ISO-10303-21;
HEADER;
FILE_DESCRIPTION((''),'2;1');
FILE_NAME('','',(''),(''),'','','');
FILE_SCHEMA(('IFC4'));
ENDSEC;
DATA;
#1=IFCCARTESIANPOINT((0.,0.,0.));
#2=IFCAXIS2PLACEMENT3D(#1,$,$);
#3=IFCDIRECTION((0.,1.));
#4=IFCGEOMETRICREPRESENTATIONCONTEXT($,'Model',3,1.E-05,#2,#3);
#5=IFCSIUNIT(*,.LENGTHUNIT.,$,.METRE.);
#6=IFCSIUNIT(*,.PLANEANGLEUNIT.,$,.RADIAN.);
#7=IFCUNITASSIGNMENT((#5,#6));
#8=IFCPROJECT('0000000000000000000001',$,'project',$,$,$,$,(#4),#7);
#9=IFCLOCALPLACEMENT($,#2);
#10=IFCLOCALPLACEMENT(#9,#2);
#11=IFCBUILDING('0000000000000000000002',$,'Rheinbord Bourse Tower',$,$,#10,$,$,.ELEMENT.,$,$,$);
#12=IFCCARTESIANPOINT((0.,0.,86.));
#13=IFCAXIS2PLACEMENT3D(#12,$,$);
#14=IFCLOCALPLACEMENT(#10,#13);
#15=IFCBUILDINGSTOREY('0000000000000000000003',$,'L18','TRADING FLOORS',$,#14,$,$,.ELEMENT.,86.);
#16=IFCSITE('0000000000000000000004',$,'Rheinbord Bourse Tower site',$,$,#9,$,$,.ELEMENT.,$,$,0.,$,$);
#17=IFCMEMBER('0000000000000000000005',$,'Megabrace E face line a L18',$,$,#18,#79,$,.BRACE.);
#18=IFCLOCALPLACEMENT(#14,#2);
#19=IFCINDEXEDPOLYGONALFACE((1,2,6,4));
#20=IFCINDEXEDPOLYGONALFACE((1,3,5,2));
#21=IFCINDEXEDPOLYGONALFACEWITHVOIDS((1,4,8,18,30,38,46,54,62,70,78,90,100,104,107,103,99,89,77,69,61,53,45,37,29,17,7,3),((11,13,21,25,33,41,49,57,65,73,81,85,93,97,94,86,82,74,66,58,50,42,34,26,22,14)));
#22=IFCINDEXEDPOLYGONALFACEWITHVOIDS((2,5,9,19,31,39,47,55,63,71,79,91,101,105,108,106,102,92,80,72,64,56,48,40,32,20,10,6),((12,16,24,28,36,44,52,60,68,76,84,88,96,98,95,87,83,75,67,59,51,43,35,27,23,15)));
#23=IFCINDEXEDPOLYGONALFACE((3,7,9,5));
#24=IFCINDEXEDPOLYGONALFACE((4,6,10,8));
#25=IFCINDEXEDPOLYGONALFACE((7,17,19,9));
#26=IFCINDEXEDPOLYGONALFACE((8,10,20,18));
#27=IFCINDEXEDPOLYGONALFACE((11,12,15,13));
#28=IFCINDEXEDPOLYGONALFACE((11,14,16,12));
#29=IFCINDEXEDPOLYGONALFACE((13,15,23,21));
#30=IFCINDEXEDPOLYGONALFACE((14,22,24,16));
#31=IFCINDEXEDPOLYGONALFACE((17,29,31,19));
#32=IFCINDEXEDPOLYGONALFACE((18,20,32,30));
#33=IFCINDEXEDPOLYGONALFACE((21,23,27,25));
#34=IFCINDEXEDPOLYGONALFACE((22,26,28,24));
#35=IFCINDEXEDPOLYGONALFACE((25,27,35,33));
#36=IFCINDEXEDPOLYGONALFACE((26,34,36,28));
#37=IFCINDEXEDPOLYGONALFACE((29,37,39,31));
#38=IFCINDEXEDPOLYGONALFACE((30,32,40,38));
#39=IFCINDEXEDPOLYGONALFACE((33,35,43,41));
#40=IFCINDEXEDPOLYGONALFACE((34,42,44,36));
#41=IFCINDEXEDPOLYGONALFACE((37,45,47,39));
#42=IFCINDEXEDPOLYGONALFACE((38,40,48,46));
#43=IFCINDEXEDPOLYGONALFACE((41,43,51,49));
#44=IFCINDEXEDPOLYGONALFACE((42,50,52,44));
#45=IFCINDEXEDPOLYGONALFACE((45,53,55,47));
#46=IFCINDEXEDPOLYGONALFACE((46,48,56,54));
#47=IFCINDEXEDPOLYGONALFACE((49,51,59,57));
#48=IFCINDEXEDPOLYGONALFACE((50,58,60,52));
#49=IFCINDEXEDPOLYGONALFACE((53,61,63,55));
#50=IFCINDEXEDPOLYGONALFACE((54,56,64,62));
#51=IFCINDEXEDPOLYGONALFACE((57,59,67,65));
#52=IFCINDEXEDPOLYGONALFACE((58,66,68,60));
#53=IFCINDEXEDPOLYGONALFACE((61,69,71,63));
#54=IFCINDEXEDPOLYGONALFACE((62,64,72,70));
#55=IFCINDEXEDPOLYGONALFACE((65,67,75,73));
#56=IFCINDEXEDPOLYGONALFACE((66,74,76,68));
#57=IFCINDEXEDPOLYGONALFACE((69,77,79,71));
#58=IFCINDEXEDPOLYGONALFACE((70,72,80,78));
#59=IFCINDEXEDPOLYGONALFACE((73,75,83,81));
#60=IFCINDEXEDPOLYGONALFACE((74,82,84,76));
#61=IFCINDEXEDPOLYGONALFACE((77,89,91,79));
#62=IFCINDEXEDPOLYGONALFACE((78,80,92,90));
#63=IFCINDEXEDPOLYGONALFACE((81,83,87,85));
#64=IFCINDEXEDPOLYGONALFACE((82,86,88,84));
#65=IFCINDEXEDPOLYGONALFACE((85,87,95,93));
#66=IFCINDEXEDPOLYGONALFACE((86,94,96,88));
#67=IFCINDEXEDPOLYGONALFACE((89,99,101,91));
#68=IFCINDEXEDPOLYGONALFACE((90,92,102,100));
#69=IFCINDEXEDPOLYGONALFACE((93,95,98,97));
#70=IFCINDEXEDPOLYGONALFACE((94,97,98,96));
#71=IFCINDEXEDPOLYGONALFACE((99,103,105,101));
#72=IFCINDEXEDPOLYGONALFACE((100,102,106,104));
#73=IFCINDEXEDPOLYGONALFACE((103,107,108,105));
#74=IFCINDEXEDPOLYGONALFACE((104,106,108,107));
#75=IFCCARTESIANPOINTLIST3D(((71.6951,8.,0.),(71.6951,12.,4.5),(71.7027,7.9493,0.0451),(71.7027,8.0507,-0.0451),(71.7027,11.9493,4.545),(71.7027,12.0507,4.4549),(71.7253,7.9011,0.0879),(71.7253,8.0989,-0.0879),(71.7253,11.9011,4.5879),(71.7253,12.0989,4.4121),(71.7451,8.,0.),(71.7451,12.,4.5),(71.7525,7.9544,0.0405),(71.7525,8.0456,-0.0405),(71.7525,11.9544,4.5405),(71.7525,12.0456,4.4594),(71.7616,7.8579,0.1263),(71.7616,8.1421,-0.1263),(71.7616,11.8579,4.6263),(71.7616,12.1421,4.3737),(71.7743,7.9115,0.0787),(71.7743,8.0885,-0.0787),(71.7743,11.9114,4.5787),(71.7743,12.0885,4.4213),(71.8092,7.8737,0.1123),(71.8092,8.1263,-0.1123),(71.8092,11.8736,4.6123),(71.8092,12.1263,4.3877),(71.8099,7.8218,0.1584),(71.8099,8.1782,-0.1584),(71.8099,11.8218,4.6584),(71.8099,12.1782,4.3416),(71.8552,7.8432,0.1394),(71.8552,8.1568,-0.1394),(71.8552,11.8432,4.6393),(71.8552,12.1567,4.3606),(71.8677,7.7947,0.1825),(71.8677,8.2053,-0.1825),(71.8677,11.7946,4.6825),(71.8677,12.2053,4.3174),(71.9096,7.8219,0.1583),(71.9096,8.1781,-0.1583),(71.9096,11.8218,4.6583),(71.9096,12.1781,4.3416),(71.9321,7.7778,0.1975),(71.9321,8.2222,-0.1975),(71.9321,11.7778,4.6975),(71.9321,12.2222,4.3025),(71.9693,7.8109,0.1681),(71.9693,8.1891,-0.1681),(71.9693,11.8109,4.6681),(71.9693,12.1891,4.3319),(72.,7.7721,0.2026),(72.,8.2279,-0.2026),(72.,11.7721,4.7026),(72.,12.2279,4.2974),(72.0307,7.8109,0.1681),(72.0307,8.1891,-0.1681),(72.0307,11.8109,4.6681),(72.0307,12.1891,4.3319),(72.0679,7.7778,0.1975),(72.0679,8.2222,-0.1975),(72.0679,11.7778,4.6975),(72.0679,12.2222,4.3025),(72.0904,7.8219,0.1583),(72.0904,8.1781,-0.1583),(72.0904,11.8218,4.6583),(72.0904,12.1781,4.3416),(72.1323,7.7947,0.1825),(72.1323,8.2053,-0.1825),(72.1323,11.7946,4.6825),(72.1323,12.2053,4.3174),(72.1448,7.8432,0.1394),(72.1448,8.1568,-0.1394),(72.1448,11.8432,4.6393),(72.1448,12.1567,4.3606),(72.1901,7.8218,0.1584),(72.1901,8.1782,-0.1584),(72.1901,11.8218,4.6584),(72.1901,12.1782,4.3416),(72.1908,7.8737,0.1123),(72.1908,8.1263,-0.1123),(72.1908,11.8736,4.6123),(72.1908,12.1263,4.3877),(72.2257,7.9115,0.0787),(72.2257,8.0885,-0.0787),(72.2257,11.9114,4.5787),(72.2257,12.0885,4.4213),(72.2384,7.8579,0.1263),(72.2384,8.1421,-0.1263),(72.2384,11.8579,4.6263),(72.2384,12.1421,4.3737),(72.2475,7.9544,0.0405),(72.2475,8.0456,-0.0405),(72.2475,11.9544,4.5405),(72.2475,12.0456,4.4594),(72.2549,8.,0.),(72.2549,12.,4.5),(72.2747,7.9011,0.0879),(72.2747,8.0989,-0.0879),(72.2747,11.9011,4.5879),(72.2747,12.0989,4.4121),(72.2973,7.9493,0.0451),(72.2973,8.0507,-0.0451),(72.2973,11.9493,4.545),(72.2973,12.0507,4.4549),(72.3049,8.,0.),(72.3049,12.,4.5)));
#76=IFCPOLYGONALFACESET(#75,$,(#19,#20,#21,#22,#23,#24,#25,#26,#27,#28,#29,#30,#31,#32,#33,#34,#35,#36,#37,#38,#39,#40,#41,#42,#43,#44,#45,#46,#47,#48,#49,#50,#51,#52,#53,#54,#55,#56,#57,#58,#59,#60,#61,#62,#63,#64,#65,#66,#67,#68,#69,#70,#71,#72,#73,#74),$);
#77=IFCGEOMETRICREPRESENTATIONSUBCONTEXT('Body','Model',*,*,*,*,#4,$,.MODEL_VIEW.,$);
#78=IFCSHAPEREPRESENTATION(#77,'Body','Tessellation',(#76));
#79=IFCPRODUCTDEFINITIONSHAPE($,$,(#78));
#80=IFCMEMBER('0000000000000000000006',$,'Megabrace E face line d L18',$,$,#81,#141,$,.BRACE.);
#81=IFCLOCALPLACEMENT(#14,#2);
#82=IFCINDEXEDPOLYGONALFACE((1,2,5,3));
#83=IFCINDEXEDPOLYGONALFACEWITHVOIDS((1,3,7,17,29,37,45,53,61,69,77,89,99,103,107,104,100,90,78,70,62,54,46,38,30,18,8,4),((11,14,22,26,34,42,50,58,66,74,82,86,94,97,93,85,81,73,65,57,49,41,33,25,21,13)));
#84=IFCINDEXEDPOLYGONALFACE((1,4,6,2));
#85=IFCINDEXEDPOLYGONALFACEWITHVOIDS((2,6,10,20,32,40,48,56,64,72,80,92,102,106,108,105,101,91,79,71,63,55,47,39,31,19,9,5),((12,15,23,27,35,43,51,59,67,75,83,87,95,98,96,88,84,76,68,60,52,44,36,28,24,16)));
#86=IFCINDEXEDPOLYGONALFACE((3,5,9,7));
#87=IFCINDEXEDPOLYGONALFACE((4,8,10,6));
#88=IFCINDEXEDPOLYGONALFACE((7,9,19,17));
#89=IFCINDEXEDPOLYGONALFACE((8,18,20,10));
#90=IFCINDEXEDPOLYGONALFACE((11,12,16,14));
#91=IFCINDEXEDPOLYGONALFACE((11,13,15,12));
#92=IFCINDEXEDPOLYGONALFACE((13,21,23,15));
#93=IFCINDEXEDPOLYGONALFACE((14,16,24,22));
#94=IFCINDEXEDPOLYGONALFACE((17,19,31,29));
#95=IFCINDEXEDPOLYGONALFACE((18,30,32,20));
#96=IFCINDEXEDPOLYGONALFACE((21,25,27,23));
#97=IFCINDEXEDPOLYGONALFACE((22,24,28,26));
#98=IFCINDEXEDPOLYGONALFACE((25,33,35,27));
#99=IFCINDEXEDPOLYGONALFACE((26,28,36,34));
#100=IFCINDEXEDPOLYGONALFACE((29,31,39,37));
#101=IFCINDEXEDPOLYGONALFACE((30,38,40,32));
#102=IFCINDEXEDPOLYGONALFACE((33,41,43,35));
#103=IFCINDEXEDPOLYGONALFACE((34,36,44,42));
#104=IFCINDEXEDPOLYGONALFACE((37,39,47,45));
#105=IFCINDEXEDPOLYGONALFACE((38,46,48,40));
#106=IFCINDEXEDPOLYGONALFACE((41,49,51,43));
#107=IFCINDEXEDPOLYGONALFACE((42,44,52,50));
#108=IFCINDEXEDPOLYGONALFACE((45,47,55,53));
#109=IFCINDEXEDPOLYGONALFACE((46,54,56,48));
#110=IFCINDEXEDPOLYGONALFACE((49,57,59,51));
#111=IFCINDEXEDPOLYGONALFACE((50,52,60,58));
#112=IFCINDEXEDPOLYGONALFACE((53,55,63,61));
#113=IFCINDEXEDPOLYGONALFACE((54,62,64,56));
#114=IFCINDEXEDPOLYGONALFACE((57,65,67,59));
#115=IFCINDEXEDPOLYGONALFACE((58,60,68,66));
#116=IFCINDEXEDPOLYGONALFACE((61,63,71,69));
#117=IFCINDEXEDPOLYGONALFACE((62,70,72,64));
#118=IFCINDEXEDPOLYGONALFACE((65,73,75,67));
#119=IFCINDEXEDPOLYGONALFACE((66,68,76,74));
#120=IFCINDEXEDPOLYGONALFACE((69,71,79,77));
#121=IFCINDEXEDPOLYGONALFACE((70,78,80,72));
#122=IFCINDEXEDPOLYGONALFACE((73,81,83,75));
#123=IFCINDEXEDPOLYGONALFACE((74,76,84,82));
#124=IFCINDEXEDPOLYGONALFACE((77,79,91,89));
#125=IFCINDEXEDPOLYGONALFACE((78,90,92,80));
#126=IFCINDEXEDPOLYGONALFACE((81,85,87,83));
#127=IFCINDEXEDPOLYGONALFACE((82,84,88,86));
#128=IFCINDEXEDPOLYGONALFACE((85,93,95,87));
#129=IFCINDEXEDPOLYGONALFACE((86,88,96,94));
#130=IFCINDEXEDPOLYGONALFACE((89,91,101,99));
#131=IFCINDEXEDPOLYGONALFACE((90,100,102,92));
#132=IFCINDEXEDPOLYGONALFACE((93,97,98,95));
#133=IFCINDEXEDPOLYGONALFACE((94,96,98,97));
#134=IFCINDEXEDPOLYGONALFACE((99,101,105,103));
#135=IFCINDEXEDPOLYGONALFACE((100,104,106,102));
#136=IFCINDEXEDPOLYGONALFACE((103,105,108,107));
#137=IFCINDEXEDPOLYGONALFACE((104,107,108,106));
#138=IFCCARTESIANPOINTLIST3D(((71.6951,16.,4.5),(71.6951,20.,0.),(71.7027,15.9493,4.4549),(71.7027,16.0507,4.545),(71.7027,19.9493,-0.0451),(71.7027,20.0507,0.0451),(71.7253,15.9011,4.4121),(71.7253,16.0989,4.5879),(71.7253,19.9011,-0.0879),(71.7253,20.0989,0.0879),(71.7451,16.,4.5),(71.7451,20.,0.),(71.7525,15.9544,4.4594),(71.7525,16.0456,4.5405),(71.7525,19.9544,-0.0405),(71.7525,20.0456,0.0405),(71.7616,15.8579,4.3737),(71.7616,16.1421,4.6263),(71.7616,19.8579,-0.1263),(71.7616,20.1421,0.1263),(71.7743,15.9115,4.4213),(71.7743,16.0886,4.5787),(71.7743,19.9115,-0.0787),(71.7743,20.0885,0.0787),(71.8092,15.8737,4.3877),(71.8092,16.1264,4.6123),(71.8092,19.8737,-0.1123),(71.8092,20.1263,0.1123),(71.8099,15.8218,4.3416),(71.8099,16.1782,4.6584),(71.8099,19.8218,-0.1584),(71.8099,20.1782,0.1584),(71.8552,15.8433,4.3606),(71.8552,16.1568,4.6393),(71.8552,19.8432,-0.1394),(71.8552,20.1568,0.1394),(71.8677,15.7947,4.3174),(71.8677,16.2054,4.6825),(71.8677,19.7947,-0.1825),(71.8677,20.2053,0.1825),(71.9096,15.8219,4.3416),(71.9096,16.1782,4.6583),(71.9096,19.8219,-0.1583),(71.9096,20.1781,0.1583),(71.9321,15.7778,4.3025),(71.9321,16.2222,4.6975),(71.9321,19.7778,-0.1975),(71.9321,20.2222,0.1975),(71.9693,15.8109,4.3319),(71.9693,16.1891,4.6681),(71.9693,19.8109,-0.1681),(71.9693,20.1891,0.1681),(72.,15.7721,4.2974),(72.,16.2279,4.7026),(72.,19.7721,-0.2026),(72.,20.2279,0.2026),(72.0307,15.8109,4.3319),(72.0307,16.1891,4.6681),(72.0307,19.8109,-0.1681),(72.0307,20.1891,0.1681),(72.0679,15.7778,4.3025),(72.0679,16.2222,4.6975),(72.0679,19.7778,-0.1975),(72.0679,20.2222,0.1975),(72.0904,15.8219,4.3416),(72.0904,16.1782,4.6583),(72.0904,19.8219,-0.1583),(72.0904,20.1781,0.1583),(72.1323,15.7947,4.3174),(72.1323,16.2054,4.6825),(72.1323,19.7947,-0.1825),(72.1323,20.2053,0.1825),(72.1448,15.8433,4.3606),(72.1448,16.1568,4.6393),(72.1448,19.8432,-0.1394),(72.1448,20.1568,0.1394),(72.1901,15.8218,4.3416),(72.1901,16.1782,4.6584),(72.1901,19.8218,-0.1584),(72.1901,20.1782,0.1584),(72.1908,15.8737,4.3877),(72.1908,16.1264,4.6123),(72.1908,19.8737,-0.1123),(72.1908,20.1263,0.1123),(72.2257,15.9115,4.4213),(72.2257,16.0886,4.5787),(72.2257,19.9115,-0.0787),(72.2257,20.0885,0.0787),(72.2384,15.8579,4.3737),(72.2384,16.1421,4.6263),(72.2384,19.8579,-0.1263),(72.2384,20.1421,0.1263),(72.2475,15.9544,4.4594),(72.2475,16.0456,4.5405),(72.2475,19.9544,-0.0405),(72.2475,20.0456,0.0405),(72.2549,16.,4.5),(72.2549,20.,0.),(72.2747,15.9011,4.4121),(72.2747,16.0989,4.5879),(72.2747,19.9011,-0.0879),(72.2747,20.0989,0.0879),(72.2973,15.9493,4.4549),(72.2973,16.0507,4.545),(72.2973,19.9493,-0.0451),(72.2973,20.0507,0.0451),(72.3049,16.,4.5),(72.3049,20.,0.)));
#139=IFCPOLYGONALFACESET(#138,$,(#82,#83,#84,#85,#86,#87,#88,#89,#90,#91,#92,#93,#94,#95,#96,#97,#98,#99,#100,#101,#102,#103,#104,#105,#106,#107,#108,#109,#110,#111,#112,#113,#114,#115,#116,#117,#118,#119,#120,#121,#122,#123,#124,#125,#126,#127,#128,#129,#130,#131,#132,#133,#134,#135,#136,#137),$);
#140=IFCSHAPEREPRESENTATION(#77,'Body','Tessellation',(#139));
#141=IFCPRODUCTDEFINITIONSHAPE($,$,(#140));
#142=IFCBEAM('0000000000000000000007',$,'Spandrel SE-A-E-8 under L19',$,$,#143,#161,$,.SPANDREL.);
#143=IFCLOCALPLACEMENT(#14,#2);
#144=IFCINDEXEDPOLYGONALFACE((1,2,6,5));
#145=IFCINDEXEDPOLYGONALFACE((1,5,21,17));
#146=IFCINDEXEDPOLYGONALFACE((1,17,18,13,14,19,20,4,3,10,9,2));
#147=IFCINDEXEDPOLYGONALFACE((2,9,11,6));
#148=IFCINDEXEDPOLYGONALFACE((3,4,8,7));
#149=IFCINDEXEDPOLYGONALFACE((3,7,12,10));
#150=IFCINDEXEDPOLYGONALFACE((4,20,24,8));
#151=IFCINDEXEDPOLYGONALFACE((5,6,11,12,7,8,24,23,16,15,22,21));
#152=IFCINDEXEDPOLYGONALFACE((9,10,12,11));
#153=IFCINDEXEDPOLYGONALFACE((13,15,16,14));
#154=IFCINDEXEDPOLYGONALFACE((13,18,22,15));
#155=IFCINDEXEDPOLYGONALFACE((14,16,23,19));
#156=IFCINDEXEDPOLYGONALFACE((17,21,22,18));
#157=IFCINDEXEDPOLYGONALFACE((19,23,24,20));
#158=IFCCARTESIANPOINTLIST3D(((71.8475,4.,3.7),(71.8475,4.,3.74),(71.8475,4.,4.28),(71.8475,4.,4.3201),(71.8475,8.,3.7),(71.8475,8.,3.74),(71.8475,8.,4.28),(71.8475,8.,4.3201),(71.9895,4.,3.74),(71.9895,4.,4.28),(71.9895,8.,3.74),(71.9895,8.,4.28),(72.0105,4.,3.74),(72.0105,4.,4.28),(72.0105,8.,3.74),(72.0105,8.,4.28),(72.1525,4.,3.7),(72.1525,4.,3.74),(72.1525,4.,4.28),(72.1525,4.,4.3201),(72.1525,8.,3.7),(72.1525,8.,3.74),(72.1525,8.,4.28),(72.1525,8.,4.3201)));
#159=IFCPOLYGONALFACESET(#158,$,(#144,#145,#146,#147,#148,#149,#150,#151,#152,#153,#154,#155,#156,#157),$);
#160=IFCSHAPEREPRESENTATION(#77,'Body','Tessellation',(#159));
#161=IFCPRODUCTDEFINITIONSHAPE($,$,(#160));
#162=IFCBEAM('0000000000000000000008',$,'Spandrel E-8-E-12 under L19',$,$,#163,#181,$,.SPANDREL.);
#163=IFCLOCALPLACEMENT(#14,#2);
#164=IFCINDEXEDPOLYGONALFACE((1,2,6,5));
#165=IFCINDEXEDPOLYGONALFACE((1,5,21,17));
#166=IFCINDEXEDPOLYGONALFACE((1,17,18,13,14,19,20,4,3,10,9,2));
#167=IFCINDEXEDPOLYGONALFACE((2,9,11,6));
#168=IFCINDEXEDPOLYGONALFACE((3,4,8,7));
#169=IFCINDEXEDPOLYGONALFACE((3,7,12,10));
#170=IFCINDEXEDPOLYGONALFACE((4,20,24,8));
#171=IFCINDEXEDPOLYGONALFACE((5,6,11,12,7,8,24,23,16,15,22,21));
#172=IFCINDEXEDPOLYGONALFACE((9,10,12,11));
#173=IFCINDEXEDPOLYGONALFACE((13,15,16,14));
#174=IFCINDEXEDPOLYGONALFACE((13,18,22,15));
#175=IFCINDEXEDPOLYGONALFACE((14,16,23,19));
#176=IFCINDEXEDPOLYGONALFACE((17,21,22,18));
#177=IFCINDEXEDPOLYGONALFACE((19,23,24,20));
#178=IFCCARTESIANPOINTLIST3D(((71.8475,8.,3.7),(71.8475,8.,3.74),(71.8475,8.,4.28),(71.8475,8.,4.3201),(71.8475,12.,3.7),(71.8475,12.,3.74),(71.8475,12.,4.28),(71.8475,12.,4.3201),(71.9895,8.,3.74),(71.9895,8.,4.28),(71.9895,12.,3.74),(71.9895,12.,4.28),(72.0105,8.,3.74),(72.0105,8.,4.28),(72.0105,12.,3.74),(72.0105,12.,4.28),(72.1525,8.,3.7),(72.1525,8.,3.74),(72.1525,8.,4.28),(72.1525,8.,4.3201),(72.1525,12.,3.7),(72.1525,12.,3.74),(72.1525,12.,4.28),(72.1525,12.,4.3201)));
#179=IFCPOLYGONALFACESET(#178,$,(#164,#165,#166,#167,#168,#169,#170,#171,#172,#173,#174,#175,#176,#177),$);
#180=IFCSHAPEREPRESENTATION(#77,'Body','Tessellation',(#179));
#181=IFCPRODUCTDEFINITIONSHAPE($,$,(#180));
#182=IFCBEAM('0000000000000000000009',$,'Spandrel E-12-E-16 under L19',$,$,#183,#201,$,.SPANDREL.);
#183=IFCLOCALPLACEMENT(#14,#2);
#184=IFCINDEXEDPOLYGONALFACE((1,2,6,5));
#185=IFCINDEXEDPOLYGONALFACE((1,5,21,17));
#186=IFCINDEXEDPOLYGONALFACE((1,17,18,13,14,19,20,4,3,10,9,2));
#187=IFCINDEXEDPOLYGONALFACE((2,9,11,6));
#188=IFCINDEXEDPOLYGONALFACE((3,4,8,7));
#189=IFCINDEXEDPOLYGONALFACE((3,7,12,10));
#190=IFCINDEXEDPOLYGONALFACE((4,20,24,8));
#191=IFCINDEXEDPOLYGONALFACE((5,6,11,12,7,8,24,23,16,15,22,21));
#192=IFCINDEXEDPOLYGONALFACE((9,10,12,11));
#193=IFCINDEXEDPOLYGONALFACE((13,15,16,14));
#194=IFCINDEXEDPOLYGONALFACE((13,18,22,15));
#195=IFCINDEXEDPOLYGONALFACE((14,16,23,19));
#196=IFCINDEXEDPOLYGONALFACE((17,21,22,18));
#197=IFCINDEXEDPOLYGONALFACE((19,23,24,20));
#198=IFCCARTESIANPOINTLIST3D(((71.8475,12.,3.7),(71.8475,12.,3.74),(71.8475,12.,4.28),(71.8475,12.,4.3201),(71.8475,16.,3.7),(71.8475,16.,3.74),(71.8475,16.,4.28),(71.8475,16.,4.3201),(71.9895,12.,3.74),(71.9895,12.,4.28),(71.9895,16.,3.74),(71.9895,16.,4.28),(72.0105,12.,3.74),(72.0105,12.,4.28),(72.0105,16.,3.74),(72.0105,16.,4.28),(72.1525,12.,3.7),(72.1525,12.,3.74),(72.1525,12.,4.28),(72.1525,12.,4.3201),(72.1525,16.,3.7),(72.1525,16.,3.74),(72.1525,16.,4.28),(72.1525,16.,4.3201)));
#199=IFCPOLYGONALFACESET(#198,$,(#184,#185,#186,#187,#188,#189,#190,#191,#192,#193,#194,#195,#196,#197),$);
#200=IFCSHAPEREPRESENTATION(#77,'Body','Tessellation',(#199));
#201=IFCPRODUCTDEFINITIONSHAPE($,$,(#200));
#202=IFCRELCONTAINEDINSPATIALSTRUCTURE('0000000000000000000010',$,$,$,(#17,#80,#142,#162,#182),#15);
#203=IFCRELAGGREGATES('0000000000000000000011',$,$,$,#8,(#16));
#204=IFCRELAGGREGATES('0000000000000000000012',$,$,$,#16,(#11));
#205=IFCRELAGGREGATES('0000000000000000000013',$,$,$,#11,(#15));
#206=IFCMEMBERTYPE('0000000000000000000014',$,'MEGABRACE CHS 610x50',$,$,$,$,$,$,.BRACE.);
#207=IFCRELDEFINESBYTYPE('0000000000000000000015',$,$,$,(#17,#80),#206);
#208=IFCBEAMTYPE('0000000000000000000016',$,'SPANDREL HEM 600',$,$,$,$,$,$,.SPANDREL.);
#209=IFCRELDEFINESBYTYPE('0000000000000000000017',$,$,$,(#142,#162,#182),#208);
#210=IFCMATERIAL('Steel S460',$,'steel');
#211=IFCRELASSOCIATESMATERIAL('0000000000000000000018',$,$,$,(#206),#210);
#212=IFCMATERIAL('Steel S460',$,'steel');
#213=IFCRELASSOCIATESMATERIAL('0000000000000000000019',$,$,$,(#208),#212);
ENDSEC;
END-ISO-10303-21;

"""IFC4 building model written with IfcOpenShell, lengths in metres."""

from ifc_helpers import new_model, si_unit, direction, frame, origin, origin_2d, place, context, subcontext, project, spatial, hollow_circle, i_section, extrude, material, material_profile, profile_set, type_object, element, save


model = new_model("IFC4")

# Units and contexts
model_context = context("Model", 3, precision=1e-05, world=origin(), true_north=direction((0.0, 1.0)))
body_context = subcontext(model_context, "Body", "Model", "MODEL_VIEW")
ifc_project = project(units=[si_unit("LENGTHUNIT", "METRE"), si_unit("PLANEANGLEUNIT", "RADIAN")], contexts=[model_context])

# Site, building, storey
site_placement = place(None, origin())
site = spatial("IfcSite", under=ifc_project, at=site_placement, Name="Rheinbord Bourse Tower site", CompositionType="ELEMENT", RefElevation=0.0)
building_placement = place(site_placement, origin())
building = spatial("IfcBuilding", under=site, at=building_placement, Name="Rheinbord Bourse Tower", CompositionType="ELEMENT")
storey_placement = place(building_placement, frame((0.0, 0.0, 86.0)))
storey = spatial("IfcBuildingStorey", under=building, at=storey_placement, Name="L18", Description="TRADING FLOORS", CompositionType="ELEMENT", Elevation=86.0)

# Members
ifc_material_1 = material(Name="Steel S460", Category="steel")
ifc_material_profile_1 = material_profile(ifc_material_1, hollow_circle(Radius=0.3049, WallThickness=0.05, at=origin_2d()), Name="CHS 610x50")
ifc_profile_set_1 = profile_set([ifc_material_profile_1], Name="Steel S460")
member_type_1 = type_object("IfcMemberType", Name="MEGABRACE CHS 610x50", PredefinedType="BRACE", material=ifc_profile_set_1)
for number, where, z_axis, x_axis, name in (
    (1, (72.0, 8.0, 0.0), (0.0, 0.664364, 0.747409), (-1.0, 0.0, 0.0), "Megabrace E face line a L18"),
    (2, (72.0, 20.0, 0.0), (0.0, -0.664364, 0.747409), (1.0, 0.0, 0.0), "Megabrace E face line d L18"),
):
    element("IfcMember", number, at=place(storey_placement, frame(where, z_axis=z_axis, x_axis=x_axis)), inside=storey, type_object=member_type_1, Name=name, PredefinedType="BRACE", context=body_context, shape_type="SweptSolid", body=[
        extrude(hollow_circle(Radius=0.3049, WallThickness=0.05, at=origin_2d()), origin(), (0.0, 0.0, 1.0), 6.0208),
    ])

# Beams
ifc_material_2 = material(Name="Steel S460", Category="steel")
ifc_material_profile_2 = material_profile(ifc_material_2, i_section(OverallWidth=0.3049, OverallDepth=0.6201, WebThickness=0.021, FlangeThickness=0.04, at=origin_2d()), Name="HEM 600")
ifc_profile_set_2 = profile_set([ifc_material_profile_2], Name="Steel S460")
beam_type_1 = type_object("IfcBeamType", Name="SPANDREL HEM 600", PredefinedType="SPANDREL", material=ifc_profile_set_2)
for number, where, z_axis, x_axis, name in (
    (3, (72.0, 4.0, 4.01), (0.0, 1.0, 0.0), (-1.0, 0.0, 0.0), "Spandrel SE-A-E-8 under L19"),
    (4, (72.0, 8.0, 4.01), (0.0, 1.0, 0.0), (-1.0, 0.0, 0.0), "Spandrel E-8-E-12 under L19"),
    (5, (72.0, 12.0, 4.01), (0.0, 1.0, 0.0), (-1.0, 0.0, 0.0), "Spandrel E-12-E-16 under L19"),
):
    element("IfcBeam", number, at=place(storey_placement, frame(where, z_axis=z_axis, x_axis=x_axis)), inside=storey, type_object=beam_type_1, Name=name, PredefinedType="SPANDREL", context=body_context, shape_type="SweptSolid", body=[
        extrude(i_section(OverallWidth=0.3049, OverallDepth=0.6201, WebThickness=0.021, FlangeThickness=0.04, at=origin_2d()), origin(), (0.0, 0.0, 1.0), 4.0),
    ])

save(model, "model.ifc")
